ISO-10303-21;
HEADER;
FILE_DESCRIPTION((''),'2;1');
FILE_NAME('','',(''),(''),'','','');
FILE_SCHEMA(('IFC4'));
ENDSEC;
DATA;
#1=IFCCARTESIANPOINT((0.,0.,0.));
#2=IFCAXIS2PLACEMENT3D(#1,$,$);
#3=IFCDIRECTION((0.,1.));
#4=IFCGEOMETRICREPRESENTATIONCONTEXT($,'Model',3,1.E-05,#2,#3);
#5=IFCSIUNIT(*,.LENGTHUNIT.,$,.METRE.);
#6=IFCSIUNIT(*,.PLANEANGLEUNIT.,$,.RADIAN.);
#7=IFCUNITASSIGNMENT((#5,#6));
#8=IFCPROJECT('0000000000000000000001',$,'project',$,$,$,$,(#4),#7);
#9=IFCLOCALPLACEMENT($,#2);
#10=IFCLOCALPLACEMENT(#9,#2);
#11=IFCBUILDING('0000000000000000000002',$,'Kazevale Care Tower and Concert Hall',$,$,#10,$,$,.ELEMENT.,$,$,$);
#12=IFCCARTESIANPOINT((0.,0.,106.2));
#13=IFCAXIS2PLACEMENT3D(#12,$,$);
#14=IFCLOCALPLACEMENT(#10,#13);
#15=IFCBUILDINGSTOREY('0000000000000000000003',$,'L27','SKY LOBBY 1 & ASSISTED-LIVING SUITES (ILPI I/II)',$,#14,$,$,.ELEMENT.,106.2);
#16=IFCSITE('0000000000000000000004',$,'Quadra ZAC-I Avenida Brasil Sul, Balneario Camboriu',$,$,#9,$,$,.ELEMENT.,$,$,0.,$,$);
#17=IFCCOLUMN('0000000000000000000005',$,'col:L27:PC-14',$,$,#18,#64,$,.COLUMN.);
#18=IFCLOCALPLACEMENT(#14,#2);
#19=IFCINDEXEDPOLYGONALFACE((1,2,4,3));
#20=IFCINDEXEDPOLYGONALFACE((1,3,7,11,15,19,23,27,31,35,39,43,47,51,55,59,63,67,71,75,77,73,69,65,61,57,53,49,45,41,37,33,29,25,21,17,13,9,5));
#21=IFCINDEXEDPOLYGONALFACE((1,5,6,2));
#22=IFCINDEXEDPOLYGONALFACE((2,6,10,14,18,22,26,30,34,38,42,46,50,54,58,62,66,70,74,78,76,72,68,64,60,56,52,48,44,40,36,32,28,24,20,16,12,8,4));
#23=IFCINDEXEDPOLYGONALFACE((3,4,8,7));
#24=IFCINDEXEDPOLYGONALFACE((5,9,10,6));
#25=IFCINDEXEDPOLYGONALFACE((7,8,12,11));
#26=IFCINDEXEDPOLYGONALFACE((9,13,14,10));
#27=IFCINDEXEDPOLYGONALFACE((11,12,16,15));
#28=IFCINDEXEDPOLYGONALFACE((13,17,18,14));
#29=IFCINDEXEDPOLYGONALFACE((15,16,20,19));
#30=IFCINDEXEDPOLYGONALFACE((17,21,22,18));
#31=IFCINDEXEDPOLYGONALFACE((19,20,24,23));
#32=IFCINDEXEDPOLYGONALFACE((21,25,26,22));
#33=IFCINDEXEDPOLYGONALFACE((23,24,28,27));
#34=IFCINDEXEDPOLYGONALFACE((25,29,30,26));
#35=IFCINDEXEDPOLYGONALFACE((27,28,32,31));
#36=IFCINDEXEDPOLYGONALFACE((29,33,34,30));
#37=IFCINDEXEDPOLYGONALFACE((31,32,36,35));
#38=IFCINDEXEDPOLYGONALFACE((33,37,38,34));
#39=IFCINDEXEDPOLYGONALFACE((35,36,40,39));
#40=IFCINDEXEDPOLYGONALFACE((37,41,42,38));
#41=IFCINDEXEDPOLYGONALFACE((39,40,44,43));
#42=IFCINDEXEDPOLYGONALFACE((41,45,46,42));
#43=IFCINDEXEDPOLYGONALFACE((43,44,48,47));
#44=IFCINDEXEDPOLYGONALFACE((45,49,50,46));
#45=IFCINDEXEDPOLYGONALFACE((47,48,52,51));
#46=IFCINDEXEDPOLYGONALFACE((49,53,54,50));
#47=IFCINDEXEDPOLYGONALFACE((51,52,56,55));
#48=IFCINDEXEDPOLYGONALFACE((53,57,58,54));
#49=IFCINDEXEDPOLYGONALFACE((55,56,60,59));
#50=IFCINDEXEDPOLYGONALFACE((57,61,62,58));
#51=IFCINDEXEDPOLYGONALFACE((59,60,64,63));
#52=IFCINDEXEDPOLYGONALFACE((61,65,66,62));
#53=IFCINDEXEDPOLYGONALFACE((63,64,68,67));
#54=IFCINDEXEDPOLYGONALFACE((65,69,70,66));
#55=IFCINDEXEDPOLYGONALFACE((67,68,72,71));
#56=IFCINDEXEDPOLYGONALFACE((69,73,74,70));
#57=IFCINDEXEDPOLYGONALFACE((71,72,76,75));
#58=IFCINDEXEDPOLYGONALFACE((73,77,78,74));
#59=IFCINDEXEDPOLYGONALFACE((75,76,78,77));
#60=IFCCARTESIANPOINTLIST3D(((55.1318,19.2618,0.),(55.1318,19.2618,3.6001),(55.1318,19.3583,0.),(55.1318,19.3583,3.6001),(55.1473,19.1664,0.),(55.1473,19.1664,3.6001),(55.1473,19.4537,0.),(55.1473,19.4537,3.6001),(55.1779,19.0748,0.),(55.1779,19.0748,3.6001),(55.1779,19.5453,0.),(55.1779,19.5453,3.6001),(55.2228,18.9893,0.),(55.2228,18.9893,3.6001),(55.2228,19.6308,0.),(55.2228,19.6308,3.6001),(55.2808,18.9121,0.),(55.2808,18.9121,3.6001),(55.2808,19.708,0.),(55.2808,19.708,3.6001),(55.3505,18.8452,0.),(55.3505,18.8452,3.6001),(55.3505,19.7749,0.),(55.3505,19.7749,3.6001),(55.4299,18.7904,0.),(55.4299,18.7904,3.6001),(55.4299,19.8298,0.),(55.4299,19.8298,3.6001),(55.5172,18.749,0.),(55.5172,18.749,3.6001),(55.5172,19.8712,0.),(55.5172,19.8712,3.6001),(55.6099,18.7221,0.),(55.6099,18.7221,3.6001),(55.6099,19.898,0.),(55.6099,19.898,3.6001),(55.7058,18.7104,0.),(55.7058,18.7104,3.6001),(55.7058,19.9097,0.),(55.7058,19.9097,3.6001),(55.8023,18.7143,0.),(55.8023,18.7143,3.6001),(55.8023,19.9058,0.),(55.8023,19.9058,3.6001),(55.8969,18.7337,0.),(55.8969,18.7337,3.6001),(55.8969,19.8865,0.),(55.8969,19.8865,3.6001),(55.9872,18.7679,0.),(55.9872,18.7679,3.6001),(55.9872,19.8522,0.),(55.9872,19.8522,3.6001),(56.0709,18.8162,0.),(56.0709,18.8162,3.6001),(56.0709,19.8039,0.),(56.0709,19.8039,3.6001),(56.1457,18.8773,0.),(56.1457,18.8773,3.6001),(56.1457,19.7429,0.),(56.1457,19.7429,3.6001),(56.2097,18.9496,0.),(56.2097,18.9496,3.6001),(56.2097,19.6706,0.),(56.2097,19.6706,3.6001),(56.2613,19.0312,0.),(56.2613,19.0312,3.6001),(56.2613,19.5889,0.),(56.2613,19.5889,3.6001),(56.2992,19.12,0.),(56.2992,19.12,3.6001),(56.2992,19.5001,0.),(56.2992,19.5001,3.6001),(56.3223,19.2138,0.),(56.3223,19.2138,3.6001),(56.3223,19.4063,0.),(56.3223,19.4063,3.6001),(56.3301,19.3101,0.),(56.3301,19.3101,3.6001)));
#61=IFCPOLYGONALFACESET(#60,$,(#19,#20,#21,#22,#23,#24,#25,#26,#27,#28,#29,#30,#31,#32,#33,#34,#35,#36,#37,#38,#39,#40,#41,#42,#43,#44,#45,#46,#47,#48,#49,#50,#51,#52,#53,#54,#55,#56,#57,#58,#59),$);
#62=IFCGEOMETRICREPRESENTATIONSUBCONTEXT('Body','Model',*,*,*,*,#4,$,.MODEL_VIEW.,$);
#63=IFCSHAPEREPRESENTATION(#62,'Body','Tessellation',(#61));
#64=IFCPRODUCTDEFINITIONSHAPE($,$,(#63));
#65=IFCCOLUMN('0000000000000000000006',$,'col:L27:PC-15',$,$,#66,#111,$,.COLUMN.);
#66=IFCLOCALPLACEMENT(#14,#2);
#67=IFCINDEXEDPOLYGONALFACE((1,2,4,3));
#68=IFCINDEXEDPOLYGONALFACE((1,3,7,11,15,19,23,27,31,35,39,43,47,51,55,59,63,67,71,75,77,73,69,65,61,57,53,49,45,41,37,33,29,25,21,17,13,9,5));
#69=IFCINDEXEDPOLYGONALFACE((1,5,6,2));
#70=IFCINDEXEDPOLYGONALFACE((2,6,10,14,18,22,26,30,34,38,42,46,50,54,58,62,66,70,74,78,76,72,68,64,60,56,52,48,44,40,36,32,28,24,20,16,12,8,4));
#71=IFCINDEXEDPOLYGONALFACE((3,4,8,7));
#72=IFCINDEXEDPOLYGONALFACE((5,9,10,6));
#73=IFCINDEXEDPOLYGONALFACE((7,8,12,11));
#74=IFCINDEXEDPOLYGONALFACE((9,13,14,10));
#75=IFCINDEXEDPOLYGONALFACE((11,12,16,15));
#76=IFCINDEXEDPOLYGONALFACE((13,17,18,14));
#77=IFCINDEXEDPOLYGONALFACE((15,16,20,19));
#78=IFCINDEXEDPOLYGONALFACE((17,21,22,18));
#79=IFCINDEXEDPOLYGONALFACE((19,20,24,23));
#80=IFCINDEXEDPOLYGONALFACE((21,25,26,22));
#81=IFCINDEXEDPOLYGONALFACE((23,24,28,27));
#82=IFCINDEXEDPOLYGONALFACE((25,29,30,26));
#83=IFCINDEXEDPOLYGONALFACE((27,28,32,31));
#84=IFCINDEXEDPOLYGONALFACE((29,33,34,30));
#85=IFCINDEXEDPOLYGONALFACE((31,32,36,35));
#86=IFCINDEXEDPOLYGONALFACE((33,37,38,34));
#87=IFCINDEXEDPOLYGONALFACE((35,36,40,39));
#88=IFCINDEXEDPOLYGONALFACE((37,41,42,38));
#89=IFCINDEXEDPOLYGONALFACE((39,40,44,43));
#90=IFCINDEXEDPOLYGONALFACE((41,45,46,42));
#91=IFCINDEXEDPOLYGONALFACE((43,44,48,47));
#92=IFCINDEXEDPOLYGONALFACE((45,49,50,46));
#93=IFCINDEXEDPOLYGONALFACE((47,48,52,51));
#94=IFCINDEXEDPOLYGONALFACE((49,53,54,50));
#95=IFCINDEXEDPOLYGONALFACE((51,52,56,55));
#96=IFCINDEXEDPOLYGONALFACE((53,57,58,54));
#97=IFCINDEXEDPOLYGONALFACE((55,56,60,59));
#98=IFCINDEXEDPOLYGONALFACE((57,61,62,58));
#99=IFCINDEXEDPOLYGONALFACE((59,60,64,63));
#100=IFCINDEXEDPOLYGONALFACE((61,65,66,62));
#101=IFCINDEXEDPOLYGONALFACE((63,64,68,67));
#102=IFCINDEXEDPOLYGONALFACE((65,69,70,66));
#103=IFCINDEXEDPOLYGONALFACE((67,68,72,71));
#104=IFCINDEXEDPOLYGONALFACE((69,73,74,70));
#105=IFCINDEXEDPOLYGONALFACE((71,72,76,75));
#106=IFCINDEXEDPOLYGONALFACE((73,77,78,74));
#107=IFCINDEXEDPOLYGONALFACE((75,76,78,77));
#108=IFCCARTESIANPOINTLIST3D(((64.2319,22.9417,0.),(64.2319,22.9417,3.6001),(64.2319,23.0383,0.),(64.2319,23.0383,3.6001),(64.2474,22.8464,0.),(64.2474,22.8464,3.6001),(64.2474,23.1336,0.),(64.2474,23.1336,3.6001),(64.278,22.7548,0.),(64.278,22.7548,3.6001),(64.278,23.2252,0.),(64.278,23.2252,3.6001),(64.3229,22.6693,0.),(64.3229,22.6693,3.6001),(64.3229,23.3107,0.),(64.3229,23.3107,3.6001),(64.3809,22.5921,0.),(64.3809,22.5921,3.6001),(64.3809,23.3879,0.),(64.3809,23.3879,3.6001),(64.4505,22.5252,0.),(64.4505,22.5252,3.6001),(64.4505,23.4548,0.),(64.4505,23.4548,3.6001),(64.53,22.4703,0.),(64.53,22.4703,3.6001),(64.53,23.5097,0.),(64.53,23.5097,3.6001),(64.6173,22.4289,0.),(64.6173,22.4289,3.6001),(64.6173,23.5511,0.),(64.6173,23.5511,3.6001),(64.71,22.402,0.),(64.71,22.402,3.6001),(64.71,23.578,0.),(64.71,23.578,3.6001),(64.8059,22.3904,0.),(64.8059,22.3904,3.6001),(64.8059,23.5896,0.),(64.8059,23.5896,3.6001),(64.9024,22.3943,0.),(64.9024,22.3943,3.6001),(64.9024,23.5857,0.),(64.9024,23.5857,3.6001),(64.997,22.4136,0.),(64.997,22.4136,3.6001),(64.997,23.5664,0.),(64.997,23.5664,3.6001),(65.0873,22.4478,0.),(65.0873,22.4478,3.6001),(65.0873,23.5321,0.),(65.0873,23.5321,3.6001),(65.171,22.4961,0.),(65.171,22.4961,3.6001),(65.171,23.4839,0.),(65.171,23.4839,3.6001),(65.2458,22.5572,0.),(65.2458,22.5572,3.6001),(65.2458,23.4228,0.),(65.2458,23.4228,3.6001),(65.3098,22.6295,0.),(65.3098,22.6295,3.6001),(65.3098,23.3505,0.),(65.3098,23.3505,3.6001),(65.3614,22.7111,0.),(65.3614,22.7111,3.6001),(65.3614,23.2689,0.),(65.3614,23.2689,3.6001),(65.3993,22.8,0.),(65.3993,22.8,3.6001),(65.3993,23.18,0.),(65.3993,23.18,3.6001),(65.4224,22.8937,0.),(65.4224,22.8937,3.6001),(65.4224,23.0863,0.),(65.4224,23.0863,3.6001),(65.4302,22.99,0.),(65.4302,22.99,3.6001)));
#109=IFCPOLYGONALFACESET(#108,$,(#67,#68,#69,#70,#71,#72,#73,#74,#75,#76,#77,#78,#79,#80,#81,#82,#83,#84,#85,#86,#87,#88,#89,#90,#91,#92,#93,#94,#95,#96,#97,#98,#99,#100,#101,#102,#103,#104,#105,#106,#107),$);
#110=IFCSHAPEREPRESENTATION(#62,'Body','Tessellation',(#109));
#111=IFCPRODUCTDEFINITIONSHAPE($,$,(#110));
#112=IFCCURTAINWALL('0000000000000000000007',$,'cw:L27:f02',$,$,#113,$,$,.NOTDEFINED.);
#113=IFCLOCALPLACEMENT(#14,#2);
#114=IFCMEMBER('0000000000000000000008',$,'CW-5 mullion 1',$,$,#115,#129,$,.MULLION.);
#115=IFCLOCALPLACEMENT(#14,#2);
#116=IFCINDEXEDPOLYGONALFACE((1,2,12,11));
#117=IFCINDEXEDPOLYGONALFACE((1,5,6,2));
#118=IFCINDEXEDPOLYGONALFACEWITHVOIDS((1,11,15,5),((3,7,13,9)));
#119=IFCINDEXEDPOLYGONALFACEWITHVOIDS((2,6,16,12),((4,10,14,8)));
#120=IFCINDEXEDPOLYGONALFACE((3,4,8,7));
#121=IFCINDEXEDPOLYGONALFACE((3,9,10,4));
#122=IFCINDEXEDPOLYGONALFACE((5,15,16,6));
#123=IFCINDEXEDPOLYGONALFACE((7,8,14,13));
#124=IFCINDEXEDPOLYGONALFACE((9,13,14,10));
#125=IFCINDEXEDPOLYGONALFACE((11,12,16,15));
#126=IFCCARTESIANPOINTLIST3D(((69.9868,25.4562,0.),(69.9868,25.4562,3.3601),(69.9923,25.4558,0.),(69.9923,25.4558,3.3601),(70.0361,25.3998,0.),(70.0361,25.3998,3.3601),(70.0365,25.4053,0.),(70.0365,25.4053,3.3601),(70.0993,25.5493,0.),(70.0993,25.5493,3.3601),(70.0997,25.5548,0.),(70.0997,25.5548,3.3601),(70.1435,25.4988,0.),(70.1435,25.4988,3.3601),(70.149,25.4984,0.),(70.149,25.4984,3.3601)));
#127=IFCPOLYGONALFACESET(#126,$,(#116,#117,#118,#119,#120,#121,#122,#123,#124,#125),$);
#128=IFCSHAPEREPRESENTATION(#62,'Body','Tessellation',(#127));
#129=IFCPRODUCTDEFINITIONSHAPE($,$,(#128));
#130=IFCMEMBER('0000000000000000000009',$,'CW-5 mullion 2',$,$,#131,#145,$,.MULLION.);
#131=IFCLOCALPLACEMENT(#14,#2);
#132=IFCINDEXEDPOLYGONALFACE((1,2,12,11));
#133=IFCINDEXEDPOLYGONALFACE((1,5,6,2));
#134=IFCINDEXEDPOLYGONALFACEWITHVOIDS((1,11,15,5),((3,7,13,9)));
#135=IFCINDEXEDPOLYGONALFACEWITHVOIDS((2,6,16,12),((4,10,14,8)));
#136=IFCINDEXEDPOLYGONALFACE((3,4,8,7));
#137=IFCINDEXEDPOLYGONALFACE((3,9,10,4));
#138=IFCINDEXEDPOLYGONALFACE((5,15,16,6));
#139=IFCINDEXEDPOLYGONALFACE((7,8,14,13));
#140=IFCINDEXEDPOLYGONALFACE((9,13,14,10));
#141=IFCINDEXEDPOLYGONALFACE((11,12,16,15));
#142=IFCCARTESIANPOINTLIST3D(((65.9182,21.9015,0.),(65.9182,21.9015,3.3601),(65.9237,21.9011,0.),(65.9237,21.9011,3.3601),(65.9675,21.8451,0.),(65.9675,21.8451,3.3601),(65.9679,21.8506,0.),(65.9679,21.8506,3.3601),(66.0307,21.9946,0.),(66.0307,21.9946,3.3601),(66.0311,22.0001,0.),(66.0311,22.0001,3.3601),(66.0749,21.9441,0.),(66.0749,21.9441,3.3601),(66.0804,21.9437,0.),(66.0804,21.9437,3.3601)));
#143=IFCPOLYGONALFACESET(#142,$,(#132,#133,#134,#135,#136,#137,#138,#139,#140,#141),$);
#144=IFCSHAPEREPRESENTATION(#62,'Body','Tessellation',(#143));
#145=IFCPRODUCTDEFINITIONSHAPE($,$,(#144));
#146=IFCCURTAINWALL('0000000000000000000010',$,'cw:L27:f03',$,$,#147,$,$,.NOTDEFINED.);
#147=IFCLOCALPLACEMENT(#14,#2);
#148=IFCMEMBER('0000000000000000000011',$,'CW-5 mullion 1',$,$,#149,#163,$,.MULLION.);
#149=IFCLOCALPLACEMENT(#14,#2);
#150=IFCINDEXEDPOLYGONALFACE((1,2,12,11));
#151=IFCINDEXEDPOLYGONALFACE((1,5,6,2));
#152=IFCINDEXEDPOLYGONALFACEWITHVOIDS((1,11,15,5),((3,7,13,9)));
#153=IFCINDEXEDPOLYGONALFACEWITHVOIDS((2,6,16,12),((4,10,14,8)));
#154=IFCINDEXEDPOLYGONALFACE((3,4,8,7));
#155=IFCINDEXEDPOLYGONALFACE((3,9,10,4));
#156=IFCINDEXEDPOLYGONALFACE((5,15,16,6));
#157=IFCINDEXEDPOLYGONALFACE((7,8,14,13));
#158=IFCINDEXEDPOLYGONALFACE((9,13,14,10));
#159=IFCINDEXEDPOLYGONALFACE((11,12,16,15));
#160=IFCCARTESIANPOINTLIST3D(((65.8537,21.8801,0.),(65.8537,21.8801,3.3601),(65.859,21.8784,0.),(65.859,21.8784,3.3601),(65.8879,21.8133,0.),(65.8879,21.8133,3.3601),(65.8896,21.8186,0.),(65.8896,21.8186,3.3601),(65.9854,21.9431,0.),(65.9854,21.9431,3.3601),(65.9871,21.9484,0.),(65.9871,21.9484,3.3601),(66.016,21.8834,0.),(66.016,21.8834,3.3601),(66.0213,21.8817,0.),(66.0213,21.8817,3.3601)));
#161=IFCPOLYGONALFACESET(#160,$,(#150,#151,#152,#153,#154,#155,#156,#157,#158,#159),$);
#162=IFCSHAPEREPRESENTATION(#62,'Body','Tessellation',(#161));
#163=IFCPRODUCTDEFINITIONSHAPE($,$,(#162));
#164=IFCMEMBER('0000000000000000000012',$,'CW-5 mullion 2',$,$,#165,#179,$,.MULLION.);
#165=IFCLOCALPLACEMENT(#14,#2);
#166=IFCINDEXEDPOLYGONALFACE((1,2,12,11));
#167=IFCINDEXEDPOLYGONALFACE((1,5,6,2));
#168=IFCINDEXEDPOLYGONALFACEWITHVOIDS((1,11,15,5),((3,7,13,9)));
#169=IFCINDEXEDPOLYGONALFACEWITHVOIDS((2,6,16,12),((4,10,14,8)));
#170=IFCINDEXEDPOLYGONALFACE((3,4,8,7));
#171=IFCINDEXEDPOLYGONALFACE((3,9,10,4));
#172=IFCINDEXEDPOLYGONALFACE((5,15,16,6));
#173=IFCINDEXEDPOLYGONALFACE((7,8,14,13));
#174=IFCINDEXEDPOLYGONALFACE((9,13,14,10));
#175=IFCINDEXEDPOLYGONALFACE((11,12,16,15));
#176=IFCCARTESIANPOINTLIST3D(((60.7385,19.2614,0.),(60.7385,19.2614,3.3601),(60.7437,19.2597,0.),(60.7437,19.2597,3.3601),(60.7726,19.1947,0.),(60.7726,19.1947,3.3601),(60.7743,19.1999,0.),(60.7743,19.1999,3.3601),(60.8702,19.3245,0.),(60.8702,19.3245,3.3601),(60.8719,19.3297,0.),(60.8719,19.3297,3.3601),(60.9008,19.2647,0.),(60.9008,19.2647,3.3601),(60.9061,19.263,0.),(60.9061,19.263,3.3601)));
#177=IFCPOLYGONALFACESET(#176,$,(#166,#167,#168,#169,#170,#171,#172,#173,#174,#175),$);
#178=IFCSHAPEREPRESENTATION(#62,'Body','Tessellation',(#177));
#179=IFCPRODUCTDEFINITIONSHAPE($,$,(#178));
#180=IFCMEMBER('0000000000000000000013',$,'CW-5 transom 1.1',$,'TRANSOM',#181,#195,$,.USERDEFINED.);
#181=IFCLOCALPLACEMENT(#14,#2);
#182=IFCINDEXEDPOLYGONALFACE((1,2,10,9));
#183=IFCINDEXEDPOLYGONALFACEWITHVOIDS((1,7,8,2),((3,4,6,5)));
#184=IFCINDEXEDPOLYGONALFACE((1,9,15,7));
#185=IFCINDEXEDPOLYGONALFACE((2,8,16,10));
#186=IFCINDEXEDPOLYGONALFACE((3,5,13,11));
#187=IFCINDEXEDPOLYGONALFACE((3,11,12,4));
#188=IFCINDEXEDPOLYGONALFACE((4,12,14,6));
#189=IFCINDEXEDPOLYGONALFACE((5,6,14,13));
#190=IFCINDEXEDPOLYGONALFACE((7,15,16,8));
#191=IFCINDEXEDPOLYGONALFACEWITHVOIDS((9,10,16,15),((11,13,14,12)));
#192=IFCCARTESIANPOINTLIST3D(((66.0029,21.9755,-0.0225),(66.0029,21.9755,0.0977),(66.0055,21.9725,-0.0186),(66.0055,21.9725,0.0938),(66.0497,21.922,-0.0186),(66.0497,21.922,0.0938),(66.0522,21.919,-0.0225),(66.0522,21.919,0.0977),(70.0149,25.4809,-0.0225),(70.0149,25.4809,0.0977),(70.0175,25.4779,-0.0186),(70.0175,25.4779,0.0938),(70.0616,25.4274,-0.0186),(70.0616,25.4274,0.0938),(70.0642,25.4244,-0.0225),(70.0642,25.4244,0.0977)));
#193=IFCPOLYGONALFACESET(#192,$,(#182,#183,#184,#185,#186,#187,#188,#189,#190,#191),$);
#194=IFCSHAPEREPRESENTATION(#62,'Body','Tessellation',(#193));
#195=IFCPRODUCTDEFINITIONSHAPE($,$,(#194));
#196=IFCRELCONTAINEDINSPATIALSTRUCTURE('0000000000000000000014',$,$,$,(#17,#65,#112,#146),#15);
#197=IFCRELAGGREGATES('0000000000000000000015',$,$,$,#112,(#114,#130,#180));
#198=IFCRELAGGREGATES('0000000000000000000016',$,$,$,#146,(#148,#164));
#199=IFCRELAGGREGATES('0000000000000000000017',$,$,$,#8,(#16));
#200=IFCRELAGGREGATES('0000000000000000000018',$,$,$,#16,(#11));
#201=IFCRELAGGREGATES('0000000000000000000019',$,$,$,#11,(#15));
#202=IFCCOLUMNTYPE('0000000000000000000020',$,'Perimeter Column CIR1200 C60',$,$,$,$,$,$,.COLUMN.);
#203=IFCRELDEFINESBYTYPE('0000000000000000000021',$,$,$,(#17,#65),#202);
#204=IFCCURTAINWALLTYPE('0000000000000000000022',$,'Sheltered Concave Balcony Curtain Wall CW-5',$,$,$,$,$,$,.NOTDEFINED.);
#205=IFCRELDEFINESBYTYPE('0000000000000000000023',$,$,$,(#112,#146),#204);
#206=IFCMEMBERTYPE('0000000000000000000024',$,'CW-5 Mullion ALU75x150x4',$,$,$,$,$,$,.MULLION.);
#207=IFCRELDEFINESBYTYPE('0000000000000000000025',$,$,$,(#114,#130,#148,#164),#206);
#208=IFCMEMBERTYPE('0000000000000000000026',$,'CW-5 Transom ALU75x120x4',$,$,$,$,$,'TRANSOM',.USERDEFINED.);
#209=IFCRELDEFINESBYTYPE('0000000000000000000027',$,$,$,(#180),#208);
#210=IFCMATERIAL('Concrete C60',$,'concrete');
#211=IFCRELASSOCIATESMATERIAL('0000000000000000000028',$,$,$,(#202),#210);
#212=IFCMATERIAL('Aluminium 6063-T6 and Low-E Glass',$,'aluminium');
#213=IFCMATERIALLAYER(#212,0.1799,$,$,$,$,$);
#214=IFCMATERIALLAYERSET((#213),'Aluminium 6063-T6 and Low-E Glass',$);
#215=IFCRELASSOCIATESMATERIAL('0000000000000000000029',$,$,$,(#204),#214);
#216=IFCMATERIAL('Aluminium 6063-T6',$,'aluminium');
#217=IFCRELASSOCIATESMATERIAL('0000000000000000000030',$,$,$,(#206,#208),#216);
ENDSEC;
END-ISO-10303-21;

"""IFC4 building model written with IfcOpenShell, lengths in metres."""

from ifc_helpers import new_model, si_unit, direction, frame, origin, origin_2d, place, context, subcontext, project, spatial, hollow_rectangle, circle, extrude, material, layer, layer_set, material_profile, profile_set, type_object, element, aggregate, save


model = new_model("IFC4")

# Units and contexts
model_context = context("Model", 3, precision=1e-05, world=origin(), true_north=direction((0.0, 1.0)))
body_context = subcontext(model_context, "Body", "Model", "MODEL_VIEW")
ifc_project = project(units=[si_unit("LENGTHUNIT", "METRE"), si_unit("PLANEANGLEUNIT", "RADIAN")], contexts=[model_context])

# Site, building, storey
site_placement = place(None, origin())
site = spatial("IfcSite", under=ifc_project, at=site_placement, Name="Quadra ZAC-I Avenida Brasil Sul, Balneario Camboriu", CompositionType="ELEMENT", RefElevation=0.0)
building_placement = place(site_placement, origin())
building = spatial("IfcBuilding", under=site, at=building_placement, Name="Kazevale Care Tower and Concert Hall", CompositionType="ELEMENT")
storey_placement = place(building_placement, frame((0.0, 0.0, 106.2)))
storey = spatial("IfcBuildingStorey", under=building, at=storey_placement, Name="L27", Description="SKY LOBBY 1 & ASSISTED-LIVING SUITES (ILPI I/II)", CompositionType="ELEMENT", Elevation=106.2)

# Columns
ifc_material_1 = material(Name="Concrete C60", Category="concrete")
ifc_material_profile_1 = material_profile(ifc_material_1, circle(Radius=0.6001, at=origin_2d()), Name="RC-CIR1200")
ifc_profile_set_1 = profile_set([ifc_material_profile_1], Name="Concrete C60")
column_type = type_object("IfcColumnType", Name="Perimeter Column CIR1200 C60", PredefinedType="COLUMN", material=ifc_profile_set_1)
for number, where, z_axis, x_axis, name in (
    (1, (55.73, 19.3101, 0.0), (0.0, 0.0, 1.0), (1.0, 0.0, 0.0), "col:L27:PC-14"),
    (2, (64.8301, 22.99, 0.0), (0.0, 0.0, 1.0), (1.0, 0.0, 0.0), "col:L27:PC-15"),
):
    element("IfcColumn", number, at=place(storey_placement, frame(where, z_axis=z_axis, x_axis=x_axis)), inside=storey, type_object=column_type, Name=name, PredefinedType="COLUMN", context=body_context, shape_type="SweptSolid", body=[
        extrude(circle(Radius=0.6001, at=origin_2d()), origin(), (0.0, 0.0, 1.0), 3.6001),
    ])

# Curtain walls, members
ifc_material_2 = material(Name="Aluminium 6063-T6 and Low-E Glass", Category="aluminium")
ifc_layer_1 = layer(ifc_material_2, 0.1799)
ifc_layer_set_1 = layer_set([ifc_layer_1], Name="Aluminium 6063-T6 and Low-E Glass")
curtain_wall_type = type_object("IfcCurtainWallType", Name="Sheltered Concave Balcony Curtain Wall CW-5", PredefinedType="NOTDEFINED", material=ifc_layer_set_1)
curtain_wall_1_placement = place(storey_placement, origin())
curtain_wall_1 = element("IfcCurtainWall", 3, at=curtain_wall_1_placement, inside=storey, type_object=curtain_wall_type, Name="cw:L27:f02", PredefinedType="NOTDEFINED")
ifc_material_3 = material(Name="Aluminium 6063-T6", Category="aluminium")
ifc_material_profile_2 = material_profile(ifc_material_3, hollow_rectangle(XDim=0.075, YDim=0.1499, WallThickness=0.0039, at=origin_2d()), Name="ALU75x150x4")
ifc_profile_set_2 = profile_set([ifc_material_profile_2], Name="Aluminium 6063-T6")
member_type_1 = type_object("IfcMemberType", Name="CW-5 Mullion ALU75x150x4", PredefinedType="MULLION", material=ifc_profile_set_2)
member_1_placement = place(storey_placement, frame((70.0679, 25.4773, 0.0), z_axis=(0.0, 0.0, 1.0), x_axis=(0.657949, -0.753063, 0.0)))
member_1 = element("IfcMember", 4, at=member_1_placement, type_object=member_type_1, Name="CW-5 mullion 1", PredefinedType="MULLION", context=body_context, shape_type="SweptSolid", body=[
    extrude(hollow_rectangle(XDim=0.075, YDim=0.1499, WallThickness=0.0039, at=origin_2d()), origin(), (0.0, 0.0, 1.0), 3.3601),
])
member_2_placement = place(storey_placement, frame((65.9993, 21.9226, 0.0), z_axis=(0.0, 0.0, 1.0), x_axis=(0.657949, -0.753063, 0.0)))
member_2 = element("IfcMember", 5, at=member_2_placement, type_object=member_type_1, Name="CW-5 mullion 2", PredefinedType="MULLION", context=body_context, shape_type="SweptSolid", body=[
    extrude(hollow_rectangle(XDim=0.075, YDim=0.1499, WallThickness=0.0039, at=origin_2d()), origin(), (0.0, 0.0, 1.0), 3.3601),
])
curtain_wall_2_placement = place(storey_placement, origin())
curtain_wall_2 = element("IfcCurtainWall", 6, at=curtain_wall_2_placement, inside=storey, type_object=curtain_wall_type, Name="cw:L27:f03", PredefinedType="NOTDEFINED")
member_3_placement = place(storey_placement, frame((65.9375, 21.8809, 0.0), z_axis=(0.0, 0.0, 1.0), x_axis=(0.455713, -0.890127, 0.0)))
member_3 = element("IfcMember", 7, at=member_3_placement, type_object=member_type_1, Name="CW-5 mullion 1", PredefinedType="MULLION", context=body_context, shape_type="SweptSolid", body=[
    extrude(hollow_rectangle(XDim=0.075, YDim=0.1499, WallThickness=0.0039, at=origin_2d()), origin(), (0.0, 0.0, 1.0), 3.3601),
])
member_4_placement = place(storey_placement, frame((60.8223, 19.2622, 0.0), z_axis=(0.0, 0.0, 1.0), x_axis=(0.455713, -0.890127, 0.0)))
member_4 = element("IfcMember", 8, at=member_4_placement, type_object=member_type_1, Name="CW-5 mullion 2", PredefinedType="MULLION", context=body_context, shape_type="SweptSolid", body=[
    extrude(hollow_rectangle(XDim=0.075, YDim=0.1499, WallThickness=0.0039, at=origin_2d()), origin(), (0.0, 0.0, 1.0), 3.3601),
])

# Member
ifc_material_profile_3 = material_profile(ifc_material_3, hollow_rectangle(XDim=0.075, YDim=0.1201, WallThickness=0.0039, at=origin_2d()), Name="ALU75x120x4")
ifc_profile_set_3 = profile_set([ifc_material_profile_3], Name="Aluminium 6063-T6")
member_type_2 = type_object("IfcMemberType", Name="CW-5 Transom ALU75x120x4", ElementType="TRANSOM", PredefinedType="USERDEFINED", material=ifc_profile_set_3)
member_5_placement = place(storey_placement, frame((70.0396, 25.4526, 0.0376), z_axis=(-0.753051, -0.657963, 0.0), x_axis=(0.657963, -0.753051, 0.0)))
member_5 = element("IfcMember", 9, at=member_5_placement, type_object=member_type_2, Name="CW-5 transom 1.1", ObjectType="TRANSOM", PredefinedType="USERDEFINED", context=body_context, shape_type="SweptSolid", body=[
    extrude(hollow_rectangle(XDim=0.075, YDim=0.1201, WallThickness=0.0039, at=origin_2d()), origin(), (0.0, 0.0, 1.0), 5.3276),
])

aggregate(curtain_wall_1, [member_1, member_2, member_5])
aggregate(curtain_wall_2, [member_3, member_4])

save(model, "model.ifc")
